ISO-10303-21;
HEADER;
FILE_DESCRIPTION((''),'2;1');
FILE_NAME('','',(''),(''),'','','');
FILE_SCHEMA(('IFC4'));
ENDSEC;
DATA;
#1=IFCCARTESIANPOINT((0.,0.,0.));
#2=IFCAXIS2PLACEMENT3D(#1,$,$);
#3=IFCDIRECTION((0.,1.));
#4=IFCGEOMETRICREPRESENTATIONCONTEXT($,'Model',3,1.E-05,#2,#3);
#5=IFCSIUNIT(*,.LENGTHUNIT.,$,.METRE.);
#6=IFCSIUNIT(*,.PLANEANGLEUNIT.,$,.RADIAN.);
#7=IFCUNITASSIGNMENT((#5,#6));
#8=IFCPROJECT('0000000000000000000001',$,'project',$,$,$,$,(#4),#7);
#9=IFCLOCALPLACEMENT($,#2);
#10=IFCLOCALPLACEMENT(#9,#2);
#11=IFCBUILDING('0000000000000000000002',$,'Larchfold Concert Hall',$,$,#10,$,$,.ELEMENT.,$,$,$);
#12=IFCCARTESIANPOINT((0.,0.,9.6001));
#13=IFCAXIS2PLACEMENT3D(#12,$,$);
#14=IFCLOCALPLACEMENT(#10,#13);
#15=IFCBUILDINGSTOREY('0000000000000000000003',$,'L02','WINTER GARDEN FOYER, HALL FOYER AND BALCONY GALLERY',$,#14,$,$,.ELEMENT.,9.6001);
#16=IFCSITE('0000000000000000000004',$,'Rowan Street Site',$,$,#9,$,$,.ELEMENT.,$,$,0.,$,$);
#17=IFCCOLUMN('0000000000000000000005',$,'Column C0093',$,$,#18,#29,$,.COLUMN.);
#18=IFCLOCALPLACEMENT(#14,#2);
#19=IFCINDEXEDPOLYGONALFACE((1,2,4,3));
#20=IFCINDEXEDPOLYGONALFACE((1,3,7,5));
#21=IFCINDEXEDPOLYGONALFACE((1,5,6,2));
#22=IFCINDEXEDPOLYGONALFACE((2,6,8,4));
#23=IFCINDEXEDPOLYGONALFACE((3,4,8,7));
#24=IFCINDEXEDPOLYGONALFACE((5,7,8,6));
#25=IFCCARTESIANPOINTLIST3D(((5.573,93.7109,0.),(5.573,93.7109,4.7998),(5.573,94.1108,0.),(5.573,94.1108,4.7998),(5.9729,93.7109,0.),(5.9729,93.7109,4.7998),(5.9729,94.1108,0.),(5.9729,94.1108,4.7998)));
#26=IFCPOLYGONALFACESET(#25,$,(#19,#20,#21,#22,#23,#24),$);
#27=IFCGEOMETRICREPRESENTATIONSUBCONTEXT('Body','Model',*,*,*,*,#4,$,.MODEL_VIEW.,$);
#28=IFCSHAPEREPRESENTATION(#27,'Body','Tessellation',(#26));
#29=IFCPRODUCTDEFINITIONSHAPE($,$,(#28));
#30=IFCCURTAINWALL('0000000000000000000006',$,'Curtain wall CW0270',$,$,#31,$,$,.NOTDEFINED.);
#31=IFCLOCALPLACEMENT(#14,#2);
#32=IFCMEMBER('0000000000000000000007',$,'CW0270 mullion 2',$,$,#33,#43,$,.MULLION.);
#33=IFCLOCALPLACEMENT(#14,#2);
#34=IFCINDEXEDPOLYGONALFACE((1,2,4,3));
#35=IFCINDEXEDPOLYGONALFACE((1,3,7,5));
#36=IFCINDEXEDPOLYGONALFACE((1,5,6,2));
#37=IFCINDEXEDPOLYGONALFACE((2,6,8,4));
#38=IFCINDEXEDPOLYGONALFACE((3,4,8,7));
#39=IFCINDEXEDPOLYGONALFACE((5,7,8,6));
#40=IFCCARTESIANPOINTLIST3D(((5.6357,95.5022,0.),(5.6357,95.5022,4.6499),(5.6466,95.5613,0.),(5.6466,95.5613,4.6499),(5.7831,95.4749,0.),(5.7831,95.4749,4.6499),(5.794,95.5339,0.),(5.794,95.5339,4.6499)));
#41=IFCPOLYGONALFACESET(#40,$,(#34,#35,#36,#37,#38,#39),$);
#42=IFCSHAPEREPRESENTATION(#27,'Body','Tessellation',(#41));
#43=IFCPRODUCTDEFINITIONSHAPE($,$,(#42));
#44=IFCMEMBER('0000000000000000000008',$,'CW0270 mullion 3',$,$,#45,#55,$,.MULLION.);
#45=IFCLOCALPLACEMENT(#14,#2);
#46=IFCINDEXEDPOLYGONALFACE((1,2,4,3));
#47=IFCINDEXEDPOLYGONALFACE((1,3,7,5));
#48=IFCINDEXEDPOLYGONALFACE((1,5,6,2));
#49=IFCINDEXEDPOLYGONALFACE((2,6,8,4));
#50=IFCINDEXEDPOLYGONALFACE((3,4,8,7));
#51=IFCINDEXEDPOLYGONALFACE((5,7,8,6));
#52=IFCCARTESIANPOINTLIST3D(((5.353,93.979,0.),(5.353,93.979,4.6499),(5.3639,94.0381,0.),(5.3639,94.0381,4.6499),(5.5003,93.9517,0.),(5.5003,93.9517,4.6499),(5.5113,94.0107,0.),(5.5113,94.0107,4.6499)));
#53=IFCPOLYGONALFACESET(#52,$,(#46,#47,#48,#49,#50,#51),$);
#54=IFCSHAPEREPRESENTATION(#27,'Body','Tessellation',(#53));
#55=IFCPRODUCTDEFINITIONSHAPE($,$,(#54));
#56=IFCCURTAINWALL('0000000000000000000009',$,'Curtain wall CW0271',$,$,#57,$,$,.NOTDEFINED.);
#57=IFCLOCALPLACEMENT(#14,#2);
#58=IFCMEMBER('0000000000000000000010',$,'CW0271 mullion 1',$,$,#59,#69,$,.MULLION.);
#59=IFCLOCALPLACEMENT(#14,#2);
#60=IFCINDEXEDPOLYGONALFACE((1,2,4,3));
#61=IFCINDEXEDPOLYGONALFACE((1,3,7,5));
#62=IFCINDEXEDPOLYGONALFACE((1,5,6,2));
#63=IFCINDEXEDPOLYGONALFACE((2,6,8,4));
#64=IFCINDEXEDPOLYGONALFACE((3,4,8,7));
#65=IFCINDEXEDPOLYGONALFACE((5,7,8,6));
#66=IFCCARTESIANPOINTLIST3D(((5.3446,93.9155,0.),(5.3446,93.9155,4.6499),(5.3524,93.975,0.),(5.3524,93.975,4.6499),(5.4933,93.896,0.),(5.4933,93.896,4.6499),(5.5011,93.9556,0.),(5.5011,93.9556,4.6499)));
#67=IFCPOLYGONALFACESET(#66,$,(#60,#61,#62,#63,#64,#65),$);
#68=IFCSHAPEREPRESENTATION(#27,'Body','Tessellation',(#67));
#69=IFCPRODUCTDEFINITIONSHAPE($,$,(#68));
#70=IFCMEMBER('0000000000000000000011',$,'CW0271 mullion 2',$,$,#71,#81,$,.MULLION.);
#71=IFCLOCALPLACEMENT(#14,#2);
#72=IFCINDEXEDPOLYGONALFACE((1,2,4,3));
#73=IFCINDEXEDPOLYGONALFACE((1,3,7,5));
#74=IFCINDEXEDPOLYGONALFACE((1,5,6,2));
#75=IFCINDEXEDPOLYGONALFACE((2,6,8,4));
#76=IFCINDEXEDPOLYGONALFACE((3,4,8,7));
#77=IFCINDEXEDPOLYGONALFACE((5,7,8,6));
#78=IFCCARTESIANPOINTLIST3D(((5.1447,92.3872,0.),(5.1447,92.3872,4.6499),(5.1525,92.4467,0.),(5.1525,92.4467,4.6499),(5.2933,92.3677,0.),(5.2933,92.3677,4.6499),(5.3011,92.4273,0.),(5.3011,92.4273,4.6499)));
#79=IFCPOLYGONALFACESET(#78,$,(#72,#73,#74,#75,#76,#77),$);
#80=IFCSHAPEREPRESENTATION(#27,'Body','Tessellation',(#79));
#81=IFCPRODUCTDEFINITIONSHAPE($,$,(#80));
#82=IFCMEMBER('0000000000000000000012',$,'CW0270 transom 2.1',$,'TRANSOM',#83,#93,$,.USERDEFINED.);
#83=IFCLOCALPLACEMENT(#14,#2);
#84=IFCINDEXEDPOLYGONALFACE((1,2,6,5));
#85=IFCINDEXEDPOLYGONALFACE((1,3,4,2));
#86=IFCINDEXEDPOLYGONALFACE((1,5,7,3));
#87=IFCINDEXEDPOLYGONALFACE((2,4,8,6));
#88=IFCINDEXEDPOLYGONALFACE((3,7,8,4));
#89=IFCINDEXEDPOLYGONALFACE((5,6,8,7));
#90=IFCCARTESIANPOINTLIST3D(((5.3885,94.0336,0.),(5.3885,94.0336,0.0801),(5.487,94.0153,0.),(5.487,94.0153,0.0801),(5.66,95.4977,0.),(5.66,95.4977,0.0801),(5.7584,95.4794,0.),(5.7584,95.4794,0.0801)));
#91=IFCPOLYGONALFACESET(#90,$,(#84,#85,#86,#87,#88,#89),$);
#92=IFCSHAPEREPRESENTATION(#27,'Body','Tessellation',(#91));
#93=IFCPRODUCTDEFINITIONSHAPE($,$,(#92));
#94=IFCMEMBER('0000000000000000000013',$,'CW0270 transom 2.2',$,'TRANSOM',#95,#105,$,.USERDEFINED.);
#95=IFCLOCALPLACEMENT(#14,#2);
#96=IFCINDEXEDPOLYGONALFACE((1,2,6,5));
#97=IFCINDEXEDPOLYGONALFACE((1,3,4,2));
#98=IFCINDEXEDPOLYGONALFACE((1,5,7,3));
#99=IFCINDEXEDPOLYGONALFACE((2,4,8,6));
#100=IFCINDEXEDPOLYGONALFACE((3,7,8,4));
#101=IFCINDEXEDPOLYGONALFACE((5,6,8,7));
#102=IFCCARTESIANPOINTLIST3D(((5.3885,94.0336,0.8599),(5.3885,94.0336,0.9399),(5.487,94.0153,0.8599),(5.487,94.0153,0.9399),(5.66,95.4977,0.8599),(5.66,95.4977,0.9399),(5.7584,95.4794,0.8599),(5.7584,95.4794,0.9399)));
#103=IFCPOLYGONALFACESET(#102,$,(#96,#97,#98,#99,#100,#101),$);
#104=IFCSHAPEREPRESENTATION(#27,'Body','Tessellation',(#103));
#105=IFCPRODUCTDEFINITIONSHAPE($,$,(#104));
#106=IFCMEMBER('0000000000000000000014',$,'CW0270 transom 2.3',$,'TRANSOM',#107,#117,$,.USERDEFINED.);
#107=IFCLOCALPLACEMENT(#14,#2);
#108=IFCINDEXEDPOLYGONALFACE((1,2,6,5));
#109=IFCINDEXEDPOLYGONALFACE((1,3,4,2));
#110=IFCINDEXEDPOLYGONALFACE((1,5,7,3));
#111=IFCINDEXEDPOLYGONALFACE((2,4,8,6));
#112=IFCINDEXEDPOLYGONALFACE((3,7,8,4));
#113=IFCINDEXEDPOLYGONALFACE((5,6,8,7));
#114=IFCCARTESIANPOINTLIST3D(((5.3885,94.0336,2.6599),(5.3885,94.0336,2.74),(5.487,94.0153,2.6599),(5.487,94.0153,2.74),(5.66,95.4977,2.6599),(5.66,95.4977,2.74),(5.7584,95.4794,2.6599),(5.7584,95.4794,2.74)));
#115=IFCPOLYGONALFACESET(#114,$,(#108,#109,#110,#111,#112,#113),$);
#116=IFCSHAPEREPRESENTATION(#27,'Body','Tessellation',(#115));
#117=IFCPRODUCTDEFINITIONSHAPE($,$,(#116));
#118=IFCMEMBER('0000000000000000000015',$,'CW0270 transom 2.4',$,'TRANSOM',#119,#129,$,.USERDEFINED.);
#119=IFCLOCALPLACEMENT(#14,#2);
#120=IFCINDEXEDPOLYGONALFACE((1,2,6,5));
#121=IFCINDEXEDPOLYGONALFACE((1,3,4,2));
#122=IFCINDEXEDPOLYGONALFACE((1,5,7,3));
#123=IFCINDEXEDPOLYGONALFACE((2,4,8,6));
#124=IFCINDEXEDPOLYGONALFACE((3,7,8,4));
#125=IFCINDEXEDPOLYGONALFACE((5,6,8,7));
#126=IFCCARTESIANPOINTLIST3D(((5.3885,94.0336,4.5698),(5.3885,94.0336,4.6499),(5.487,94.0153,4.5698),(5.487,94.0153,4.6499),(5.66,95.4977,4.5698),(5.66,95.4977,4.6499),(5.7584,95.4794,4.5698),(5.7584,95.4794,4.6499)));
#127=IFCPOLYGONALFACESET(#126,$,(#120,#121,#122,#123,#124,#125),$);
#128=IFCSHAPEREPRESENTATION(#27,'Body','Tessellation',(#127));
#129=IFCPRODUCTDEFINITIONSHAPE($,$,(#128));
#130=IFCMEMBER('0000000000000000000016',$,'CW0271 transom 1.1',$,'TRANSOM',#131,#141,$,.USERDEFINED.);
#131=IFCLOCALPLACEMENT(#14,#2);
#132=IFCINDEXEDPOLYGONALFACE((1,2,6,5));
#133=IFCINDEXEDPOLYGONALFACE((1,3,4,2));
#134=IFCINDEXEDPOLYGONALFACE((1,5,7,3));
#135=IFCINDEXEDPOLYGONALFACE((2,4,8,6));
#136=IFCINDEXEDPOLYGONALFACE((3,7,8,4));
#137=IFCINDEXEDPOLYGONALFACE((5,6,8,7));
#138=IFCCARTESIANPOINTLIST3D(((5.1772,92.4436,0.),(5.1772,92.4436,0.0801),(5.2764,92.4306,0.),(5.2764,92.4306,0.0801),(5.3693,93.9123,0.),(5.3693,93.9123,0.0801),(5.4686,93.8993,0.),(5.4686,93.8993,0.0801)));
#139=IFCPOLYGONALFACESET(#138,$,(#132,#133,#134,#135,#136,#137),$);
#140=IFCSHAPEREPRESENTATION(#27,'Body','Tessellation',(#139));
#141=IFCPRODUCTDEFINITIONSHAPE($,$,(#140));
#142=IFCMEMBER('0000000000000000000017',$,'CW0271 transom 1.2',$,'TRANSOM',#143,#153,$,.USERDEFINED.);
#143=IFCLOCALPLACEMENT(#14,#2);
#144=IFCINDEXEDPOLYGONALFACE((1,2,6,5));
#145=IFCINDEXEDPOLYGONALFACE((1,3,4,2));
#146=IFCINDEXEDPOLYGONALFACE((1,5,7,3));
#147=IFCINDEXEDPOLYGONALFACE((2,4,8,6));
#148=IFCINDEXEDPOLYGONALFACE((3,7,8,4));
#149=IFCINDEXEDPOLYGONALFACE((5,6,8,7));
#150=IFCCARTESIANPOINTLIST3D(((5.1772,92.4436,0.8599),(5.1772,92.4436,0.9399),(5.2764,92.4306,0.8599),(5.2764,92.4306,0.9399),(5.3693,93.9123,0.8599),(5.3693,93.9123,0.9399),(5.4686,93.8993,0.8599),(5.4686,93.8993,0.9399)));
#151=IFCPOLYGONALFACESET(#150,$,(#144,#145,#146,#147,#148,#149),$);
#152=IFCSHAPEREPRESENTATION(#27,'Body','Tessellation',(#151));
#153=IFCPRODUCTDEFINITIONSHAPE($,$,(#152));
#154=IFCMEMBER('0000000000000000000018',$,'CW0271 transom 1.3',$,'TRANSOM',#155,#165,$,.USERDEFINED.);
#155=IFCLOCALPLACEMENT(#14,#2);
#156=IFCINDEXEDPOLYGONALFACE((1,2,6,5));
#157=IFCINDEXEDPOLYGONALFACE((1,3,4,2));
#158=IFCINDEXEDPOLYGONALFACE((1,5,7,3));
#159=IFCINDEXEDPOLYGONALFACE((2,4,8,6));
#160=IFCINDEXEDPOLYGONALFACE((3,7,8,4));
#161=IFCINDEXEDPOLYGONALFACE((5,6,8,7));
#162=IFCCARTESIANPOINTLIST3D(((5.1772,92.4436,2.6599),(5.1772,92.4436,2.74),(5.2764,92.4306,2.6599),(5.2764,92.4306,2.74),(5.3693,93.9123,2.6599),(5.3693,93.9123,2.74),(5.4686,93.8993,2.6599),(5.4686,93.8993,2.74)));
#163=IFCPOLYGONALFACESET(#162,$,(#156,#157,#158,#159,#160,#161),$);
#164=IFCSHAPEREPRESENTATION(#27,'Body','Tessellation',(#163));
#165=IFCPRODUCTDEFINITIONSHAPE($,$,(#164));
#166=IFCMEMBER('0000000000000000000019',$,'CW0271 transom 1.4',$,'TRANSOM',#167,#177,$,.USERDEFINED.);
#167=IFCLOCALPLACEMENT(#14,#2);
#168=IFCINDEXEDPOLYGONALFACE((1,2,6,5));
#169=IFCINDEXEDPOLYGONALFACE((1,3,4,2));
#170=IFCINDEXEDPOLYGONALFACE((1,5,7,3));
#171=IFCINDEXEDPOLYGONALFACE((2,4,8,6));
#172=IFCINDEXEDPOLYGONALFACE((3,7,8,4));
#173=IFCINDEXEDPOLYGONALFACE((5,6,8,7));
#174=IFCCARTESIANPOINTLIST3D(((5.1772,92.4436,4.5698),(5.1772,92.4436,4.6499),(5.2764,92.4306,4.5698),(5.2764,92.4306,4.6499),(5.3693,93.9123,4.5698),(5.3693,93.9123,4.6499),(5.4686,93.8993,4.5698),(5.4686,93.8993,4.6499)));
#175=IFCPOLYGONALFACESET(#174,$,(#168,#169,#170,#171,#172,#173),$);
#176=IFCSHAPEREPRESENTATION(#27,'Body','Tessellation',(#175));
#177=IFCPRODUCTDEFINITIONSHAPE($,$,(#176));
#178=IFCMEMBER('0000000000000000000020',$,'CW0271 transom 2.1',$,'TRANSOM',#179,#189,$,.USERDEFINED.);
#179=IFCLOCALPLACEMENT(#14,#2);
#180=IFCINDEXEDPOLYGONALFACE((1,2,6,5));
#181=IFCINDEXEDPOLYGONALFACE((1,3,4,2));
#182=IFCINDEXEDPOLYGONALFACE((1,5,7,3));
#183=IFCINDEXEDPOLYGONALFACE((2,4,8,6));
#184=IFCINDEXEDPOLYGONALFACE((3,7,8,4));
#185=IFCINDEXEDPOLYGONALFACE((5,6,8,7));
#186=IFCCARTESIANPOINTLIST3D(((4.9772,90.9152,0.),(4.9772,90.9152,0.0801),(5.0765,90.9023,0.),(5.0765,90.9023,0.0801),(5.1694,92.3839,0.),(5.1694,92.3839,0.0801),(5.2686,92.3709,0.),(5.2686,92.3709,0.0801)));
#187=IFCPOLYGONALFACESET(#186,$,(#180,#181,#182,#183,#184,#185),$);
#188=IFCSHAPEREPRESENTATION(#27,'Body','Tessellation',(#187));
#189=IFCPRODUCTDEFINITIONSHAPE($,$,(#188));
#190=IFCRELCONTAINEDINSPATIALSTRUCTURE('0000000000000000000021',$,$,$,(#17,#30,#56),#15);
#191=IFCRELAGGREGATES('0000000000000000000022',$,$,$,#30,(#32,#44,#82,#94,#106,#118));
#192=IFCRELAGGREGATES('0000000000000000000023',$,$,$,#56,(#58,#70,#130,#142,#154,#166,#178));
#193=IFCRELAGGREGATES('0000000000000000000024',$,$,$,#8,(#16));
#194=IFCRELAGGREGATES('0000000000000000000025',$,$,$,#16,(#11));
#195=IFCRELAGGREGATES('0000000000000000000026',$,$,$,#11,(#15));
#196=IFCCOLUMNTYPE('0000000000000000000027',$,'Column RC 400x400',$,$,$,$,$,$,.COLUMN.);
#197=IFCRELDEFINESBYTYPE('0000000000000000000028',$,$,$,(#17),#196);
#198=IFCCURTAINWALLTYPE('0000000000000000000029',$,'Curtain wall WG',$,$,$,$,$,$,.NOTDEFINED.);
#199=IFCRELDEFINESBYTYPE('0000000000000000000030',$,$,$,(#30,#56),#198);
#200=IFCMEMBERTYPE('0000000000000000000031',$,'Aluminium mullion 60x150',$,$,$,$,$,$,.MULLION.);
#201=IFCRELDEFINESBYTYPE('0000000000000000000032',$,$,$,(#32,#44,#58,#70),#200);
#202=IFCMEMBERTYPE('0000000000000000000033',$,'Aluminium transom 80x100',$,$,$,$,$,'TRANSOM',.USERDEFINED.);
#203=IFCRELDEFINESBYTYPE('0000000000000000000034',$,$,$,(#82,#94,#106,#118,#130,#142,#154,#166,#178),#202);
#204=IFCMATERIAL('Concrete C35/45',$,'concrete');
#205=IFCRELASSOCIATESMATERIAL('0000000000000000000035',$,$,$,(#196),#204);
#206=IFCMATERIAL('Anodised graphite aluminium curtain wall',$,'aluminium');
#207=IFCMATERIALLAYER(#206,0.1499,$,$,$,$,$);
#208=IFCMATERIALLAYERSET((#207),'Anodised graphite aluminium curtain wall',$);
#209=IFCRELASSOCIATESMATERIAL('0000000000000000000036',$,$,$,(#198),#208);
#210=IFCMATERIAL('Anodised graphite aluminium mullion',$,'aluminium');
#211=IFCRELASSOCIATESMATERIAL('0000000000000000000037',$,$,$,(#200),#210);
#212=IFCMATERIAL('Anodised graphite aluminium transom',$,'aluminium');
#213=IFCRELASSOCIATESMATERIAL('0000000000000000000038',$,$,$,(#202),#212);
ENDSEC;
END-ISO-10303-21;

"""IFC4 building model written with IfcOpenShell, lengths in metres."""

from ifc_helpers import new_model, si_unit, direction, frame, origin, origin_2d, place, context, subcontext, project, spatial, rectangle, extrude, material, layer, layer_set, material_profile, profile_set, type_object, element, aggregate, save


model = new_model("IFC4")

# Units and contexts
model_context = context("Model", 3, precision=1e-05, world=origin(), true_north=direction((0.0, 1.0)))
body_context = subcontext(model_context, "Body", "Model", "MODEL_VIEW")
ifc_project = project(units=[si_unit("LENGTHUNIT", "METRE"), si_unit("PLANEANGLEUNIT", "RADIAN")], contexts=[model_context])

# Site, building, storey
site_placement = place(None, origin())
site = spatial("IfcSite", under=ifc_project, at=site_placement, Name="Rowan Street Site", CompositionType="ELEMENT", RefElevation=0.0)
building_placement = place(site_placement, origin())
building = spatial("IfcBuilding", under=site, at=building_placement, Name="Larchfold Concert Hall", CompositionType="ELEMENT")
storey_placement = place(building_placement, frame((0.0, 0.0, 9.6001)))
storey = spatial("IfcBuildingStorey", under=building, at=storey_placement, Name="L02", Description="WINTER GARDEN FOYER, HALL FOYER AND BALCONY GALLERY", CompositionType="ELEMENT", Elevation=9.6001)

# Column
ifc_material_1 = material(Name="Concrete C35/45", Category="concrete")
ifc_material_profile_1 = material_profile(ifc_material_1, rectangle(XDim=0.3999, YDim=0.3999, at=origin_2d()))
ifc_profile_set_1 = profile_set([ifc_material_profile_1], Name="Concrete C35/45")
column_type = type_object("IfcColumnType", Name="Column RC 400x400", PredefinedType="COLUMN", material=ifc_profile_set_1)
column_placement = place(storey_placement, frame((5.7729, 93.9109, 0.0), z_axis=(0.0, 0.0, 1.0), x_axis=(1.0, 0.0, 0.0)))
element("IfcColumn", 1, at=column_placement, inside=storey, type_object=column_type, Name="Column C0093", PredefinedType="COLUMN", context=body_context, shape_type="SweptSolid", body=[
    extrude(rectangle(XDim=0.3999, YDim=0.3999, at=origin_2d()), origin(), (0.0, 0.0, 1.0), 4.7998),
])

# Curtain walls, members
ifc_material_2 = material(Name="Anodised graphite aluminium curtain wall", Category="aluminium")
ifc_layer_1 = layer(ifc_material_2, 0.1499)
ifc_layer_set_1 = layer_set([ifc_layer_1], Name="Anodised graphite aluminium curtain wall")
curtain_wall_type = type_object("IfcCurtainWallType", Name="Curtain wall WG", PredefinedType="NOTDEFINED", material=ifc_layer_set_1)
curtain_wall_1_placement = place(storey_placement, origin())
curtain_wall_1 = element("IfcCurtainWall", 2, at=curtain_wall_1_placement, inside=storey, type_object=curtain_wall_type, Name="Curtain wall CW0270", PredefinedType="NOTDEFINED")
ifc_material_3 = material(Name="Anodised graphite aluminium mullion", Category="aluminium")
ifc_material_profile_2 = material_profile(ifc_material_3, rectangle(XDim=0.1499, YDim=0.0601, at=origin_2d()))
ifc_profile_set_2 = profile_set([ifc_material_profile_2], Name="Anodised graphite aluminium mullion")
member_type_1 = type_object("IfcMemberType", Name="Aluminium mullion 60x150", PredefinedType="MULLION", material=ifc_profile_set_2)
member_1_placement = place(storey_placement, frame((5.7148, 95.5181, 0.0), z_axis=(0.0, 0.0, 1.0), x_axis=(0.983234, -0.182347, 0.0)))
member_1 = element("IfcMember", 3, at=member_1_placement, type_object=member_type_1, Name="CW0270 mullion 2", PredefinedType="MULLION", context=body_context, shape_type="SweptSolid", body=[
    extrude(rectangle(XDim=0.1499, YDim=0.0601, at=origin_2d()), origin(), (0.0, 0.0, 1.0), 4.6499),
])
member_2_placement = place(storey_placement, frame((5.4321, 93.9949, 0.0), z_axis=(0.0, 0.0, 1.0), x_axis=(0.983234, -0.182347, 0.0)))
member_2 = element("IfcMember", 4, at=member_2_placement, type_object=member_type_1, Name="CW0270 mullion 3", PredefinedType="MULLION", context=body_context, shape_type="SweptSolid", body=[
    extrude(rectangle(XDim=0.1499, YDim=0.0601, at=origin_2d()), origin(), (0.0, 0.0, 1.0), 4.6499),
])
curtain_wall_2_placement = place(storey_placement, origin())
curtain_wall_2 = element("IfcCurtainWall", 5, at=curtain_wall_2_placement, inside=storey, type_object=curtain_wall_type, Name="Curtain wall CW0271", PredefinedType="NOTDEFINED")
member_3_placement = place(storey_placement, frame((5.4229, 93.9355, 0.0), z_axis=(0.0, 0.0, 1.0), x_axis=(0.991549, -0.129731, 0.0)))
member_3 = element("IfcMember", 6, at=member_3_placement, type_object=member_type_1, Name="CW0271 mullion 1", PredefinedType="MULLION", context=body_context, shape_type="SweptSolid", body=[
    extrude(rectangle(XDim=0.1499, YDim=0.0601, at=origin_2d()), origin(), (0.0, 0.0, 1.0), 4.6499),
])
member_4_placement = place(storey_placement, frame((5.2229, 92.4072, 0.0), z_axis=(0.0, 0.0, 1.0), x_axis=(0.991549, -0.129731, 0.0)))
member_4 = element("IfcMember", 7, at=member_4_placement, type_object=member_type_1, Name="CW0271 mullion 2", PredefinedType="MULLION", context=body_context, shape_type="SweptSolid", body=[
    extrude(rectangle(XDim=0.1499, YDim=0.0601, at=origin_2d()), origin(), (0.0, 0.0, 1.0), 4.6499),
])

# Members
ifc_material_4 = material(Name="Anodised graphite aluminium transom", Category="aluminium")
ifc_material_profile_3 = material_profile(ifc_material_4, rectangle(XDim=0.1001, YDim=0.0801, at=origin_2d()))
ifc_profile_set_3 = profile_set([ifc_material_profile_3], Name="Anodised graphite aluminium transom")
member_type_2 = type_object("IfcMemberType", Name="Aluminium transom 80x100", ElementType="TRANSOM", PredefinedType="USERDEFINED", material=ifc_profile_set_3)
member_5_placement = place(storey_placement, frame((5.7092, 95.4885, 0.04), z_axis=(-0.182318, -0.98324, 0.0), x_axis=(0.98324, -0.182318, 0.0)))
member_5 = element("IfcMember", 8, at=member_5_placement, type_object=member_type_2, Name="CW0270 transom 2.1", ObjectType="TRANSOM", PredefinedType="USERDEFINED", context=body_context, shape_type="SweptSolid", body=[
    extrude(rectangle(XDim=0.1001, YDim=0.0801, at=origin_2d()), origin(), (0.0, 0.0, 1.0), 1.489),
])
member_6_placement = place(storey_placement, frame((5.7092, 95.4885, 0.8999), z_axis=(-0.182318, -0.98324, 0.0), x_axis=(0.98324, -0.182318, 0.0)))
member_6 = element("IfcMember", 9, at=member_6_placement, type_object=member_type_2, Name="CW0270 transom 2.2", ObjectType="TRANSOM", PredefinedType="USERDEFINED", context=body_context, shape_type="SweptSolid", body=[
    extrude(rectangle(XDim=0.1001, YDim=0.0801, at=origin_2d()), origin(), (0.0, 0.0, 1.0), 1.489),
])
member_7_placement = place(storey_placement, frame((5.7092, 95.4885, 2.7), z_axis=(-0.182318, -0.98324, 0.0), x_axis=(0.98324, -0.182318, 0.0)))
member_7 = element("IfcMember", 10, at=member_7_placement, type_object=member_type_2, Name="CW0270 transom 2.3", ObjectType="TRANSOM", PredefinedType="USERDEFINED", context=body_context, shape_type="SweptSolid", body=[
    extrude(rectangle(XDim=0.1001, YDim=0.0801, at=origin_2d()), origin(), (0.0, 0.0, 1.0), 1.489),
])
member_8_placement = place(storey_placement, frame((5.7092, 95.4885, 4.6099), z_axis=(-0.182318, -0.98324, 0.0), x_axis=(0.98324, -0.182318, 0.0)))
member_8 = element("IfcMember", 11, at=member_8_placement, type_object=member_type_2, Name="CW0270 transom 2.4", ObjectType="TRANSOM", PredefinedType="USERDEFINED", context=body_context, shape_type="SweptSolid", body=[
    extrude(rectangle(XDim=0.1001, YDim=0.0801, at=origin_2d()), origin(), (0.0, 0.0, 1.0), 1.489),
])
member_9_placement = place(storey_placement, frame((5.4189, 93.9058, 0.04), z_axis=(-0.129713, -0.991552, 0.0), x_axis=(0.991552, -0.129713, 0.0)))
member_9 = element("IfcMember", 12, at=member_9_placement, type_object=member_type_2, Name="CW0271 transom 1.1", ObjectType="TRANSOM", PredefinedType="USERDEFINED", context=body_context, shape_type="SweptSolid", body=[
    extrude(rectangle(XDim=0.1001, YDim=0.0801, at=origin_2d()), origin(), (0.0, 0.0, 1.0), 1.4812),
])
member_10_placement = place(storey_placement, frame((5.4189, 93.9058, 0.8999), z_axis=(-0.129713, -0.991552, 0.0), x_axis=(0.991552, -0.129713, 0.0)))
member_10 = element("IfcMember", 13, at=member_10_placement, type_object=member_type_2, Name="CW0271 transom 1.2", ObjectType="TRANSOM", PredefinedType="USERDEFINED", context=body_context, shape_type="SweptSolid", body=[
    extrude(rectangle(XDim=0.1001, YDim=0.0801, at=origin_2d()), origin(), (0.0, 0.0, 1.0), 1.4812),
])
member_11_placement = place(storey_placement, frame((5.4189, 93.9058, 2.7), z_axis=(-0.129713, -0.991552, 0.0), x_axis=(0.991552, -0.129713, 0.0)))
member_11 = element("IfcMember", 14, at=member_11_placement, type_object=member_type_2, Name="CW0271 transom 1.3", ObjectType="TRANSOM", PredefinedType="USERDEFINED", context=body_context, shape_type="SweptSolid", body=[
    extrude(rectangle(XDim=0.1001, YDim=0.0801, at=origin_2d()), origin(), (0.0, 0.0, 1.0), 1.4812),
])
member_12_placement = place(storey_placement, frame((5.4189, 93.9058, 4.6099), z_axis=(-0.129713, -0.991552, 0.0), x_axis=(0.991552, -0.129713, 0.0)))
member_12 = element("IfcMember", 15, at=member_12_placement, type_object=member_type_2, Name="CW0271 transom 1.4", ObjectType="TRANSOM", PredefinedType="USERDEFINED", context=body_context, shape_type="SweptSolid", body=[
    extrude(rectangle(XDim=0.1001, YDim=0.0801, at=origin_2d()), origin(), (0.0, 0.0, 1.0), 1.4812),
])
member_13_placement = place(storey_placement, frame((5.219, 92.3774, 0.04), z_axis=(-0.129713, -0.991552, 0.0), x_axis=(0.991552, -0.129713, 0.0)))
member_13 = element("IfcMember", 16, at=member_13_placement, type_object=member_type_2, Name="CW0271 transom 2.1", ObjectType="TRANSOM", PredefinedType="USERDEFINED", context=body_context, shape_type="SweptSolid", body=[
    extrude(rectangle(XDim=0.1001, YDim=0.0801, at=origin_2d()), origin(), (0.0, 0.0, 1.0), 1.4812),
])

aggregate(curtain_wall_1, [member_1, member_2, member_5, member_6, member_7, member_8])
aggregate(curtain_wall_2, [member_3, member_4, member_9, member_10, member_11, member_12, member_13])

save(model, "model.ifc")
